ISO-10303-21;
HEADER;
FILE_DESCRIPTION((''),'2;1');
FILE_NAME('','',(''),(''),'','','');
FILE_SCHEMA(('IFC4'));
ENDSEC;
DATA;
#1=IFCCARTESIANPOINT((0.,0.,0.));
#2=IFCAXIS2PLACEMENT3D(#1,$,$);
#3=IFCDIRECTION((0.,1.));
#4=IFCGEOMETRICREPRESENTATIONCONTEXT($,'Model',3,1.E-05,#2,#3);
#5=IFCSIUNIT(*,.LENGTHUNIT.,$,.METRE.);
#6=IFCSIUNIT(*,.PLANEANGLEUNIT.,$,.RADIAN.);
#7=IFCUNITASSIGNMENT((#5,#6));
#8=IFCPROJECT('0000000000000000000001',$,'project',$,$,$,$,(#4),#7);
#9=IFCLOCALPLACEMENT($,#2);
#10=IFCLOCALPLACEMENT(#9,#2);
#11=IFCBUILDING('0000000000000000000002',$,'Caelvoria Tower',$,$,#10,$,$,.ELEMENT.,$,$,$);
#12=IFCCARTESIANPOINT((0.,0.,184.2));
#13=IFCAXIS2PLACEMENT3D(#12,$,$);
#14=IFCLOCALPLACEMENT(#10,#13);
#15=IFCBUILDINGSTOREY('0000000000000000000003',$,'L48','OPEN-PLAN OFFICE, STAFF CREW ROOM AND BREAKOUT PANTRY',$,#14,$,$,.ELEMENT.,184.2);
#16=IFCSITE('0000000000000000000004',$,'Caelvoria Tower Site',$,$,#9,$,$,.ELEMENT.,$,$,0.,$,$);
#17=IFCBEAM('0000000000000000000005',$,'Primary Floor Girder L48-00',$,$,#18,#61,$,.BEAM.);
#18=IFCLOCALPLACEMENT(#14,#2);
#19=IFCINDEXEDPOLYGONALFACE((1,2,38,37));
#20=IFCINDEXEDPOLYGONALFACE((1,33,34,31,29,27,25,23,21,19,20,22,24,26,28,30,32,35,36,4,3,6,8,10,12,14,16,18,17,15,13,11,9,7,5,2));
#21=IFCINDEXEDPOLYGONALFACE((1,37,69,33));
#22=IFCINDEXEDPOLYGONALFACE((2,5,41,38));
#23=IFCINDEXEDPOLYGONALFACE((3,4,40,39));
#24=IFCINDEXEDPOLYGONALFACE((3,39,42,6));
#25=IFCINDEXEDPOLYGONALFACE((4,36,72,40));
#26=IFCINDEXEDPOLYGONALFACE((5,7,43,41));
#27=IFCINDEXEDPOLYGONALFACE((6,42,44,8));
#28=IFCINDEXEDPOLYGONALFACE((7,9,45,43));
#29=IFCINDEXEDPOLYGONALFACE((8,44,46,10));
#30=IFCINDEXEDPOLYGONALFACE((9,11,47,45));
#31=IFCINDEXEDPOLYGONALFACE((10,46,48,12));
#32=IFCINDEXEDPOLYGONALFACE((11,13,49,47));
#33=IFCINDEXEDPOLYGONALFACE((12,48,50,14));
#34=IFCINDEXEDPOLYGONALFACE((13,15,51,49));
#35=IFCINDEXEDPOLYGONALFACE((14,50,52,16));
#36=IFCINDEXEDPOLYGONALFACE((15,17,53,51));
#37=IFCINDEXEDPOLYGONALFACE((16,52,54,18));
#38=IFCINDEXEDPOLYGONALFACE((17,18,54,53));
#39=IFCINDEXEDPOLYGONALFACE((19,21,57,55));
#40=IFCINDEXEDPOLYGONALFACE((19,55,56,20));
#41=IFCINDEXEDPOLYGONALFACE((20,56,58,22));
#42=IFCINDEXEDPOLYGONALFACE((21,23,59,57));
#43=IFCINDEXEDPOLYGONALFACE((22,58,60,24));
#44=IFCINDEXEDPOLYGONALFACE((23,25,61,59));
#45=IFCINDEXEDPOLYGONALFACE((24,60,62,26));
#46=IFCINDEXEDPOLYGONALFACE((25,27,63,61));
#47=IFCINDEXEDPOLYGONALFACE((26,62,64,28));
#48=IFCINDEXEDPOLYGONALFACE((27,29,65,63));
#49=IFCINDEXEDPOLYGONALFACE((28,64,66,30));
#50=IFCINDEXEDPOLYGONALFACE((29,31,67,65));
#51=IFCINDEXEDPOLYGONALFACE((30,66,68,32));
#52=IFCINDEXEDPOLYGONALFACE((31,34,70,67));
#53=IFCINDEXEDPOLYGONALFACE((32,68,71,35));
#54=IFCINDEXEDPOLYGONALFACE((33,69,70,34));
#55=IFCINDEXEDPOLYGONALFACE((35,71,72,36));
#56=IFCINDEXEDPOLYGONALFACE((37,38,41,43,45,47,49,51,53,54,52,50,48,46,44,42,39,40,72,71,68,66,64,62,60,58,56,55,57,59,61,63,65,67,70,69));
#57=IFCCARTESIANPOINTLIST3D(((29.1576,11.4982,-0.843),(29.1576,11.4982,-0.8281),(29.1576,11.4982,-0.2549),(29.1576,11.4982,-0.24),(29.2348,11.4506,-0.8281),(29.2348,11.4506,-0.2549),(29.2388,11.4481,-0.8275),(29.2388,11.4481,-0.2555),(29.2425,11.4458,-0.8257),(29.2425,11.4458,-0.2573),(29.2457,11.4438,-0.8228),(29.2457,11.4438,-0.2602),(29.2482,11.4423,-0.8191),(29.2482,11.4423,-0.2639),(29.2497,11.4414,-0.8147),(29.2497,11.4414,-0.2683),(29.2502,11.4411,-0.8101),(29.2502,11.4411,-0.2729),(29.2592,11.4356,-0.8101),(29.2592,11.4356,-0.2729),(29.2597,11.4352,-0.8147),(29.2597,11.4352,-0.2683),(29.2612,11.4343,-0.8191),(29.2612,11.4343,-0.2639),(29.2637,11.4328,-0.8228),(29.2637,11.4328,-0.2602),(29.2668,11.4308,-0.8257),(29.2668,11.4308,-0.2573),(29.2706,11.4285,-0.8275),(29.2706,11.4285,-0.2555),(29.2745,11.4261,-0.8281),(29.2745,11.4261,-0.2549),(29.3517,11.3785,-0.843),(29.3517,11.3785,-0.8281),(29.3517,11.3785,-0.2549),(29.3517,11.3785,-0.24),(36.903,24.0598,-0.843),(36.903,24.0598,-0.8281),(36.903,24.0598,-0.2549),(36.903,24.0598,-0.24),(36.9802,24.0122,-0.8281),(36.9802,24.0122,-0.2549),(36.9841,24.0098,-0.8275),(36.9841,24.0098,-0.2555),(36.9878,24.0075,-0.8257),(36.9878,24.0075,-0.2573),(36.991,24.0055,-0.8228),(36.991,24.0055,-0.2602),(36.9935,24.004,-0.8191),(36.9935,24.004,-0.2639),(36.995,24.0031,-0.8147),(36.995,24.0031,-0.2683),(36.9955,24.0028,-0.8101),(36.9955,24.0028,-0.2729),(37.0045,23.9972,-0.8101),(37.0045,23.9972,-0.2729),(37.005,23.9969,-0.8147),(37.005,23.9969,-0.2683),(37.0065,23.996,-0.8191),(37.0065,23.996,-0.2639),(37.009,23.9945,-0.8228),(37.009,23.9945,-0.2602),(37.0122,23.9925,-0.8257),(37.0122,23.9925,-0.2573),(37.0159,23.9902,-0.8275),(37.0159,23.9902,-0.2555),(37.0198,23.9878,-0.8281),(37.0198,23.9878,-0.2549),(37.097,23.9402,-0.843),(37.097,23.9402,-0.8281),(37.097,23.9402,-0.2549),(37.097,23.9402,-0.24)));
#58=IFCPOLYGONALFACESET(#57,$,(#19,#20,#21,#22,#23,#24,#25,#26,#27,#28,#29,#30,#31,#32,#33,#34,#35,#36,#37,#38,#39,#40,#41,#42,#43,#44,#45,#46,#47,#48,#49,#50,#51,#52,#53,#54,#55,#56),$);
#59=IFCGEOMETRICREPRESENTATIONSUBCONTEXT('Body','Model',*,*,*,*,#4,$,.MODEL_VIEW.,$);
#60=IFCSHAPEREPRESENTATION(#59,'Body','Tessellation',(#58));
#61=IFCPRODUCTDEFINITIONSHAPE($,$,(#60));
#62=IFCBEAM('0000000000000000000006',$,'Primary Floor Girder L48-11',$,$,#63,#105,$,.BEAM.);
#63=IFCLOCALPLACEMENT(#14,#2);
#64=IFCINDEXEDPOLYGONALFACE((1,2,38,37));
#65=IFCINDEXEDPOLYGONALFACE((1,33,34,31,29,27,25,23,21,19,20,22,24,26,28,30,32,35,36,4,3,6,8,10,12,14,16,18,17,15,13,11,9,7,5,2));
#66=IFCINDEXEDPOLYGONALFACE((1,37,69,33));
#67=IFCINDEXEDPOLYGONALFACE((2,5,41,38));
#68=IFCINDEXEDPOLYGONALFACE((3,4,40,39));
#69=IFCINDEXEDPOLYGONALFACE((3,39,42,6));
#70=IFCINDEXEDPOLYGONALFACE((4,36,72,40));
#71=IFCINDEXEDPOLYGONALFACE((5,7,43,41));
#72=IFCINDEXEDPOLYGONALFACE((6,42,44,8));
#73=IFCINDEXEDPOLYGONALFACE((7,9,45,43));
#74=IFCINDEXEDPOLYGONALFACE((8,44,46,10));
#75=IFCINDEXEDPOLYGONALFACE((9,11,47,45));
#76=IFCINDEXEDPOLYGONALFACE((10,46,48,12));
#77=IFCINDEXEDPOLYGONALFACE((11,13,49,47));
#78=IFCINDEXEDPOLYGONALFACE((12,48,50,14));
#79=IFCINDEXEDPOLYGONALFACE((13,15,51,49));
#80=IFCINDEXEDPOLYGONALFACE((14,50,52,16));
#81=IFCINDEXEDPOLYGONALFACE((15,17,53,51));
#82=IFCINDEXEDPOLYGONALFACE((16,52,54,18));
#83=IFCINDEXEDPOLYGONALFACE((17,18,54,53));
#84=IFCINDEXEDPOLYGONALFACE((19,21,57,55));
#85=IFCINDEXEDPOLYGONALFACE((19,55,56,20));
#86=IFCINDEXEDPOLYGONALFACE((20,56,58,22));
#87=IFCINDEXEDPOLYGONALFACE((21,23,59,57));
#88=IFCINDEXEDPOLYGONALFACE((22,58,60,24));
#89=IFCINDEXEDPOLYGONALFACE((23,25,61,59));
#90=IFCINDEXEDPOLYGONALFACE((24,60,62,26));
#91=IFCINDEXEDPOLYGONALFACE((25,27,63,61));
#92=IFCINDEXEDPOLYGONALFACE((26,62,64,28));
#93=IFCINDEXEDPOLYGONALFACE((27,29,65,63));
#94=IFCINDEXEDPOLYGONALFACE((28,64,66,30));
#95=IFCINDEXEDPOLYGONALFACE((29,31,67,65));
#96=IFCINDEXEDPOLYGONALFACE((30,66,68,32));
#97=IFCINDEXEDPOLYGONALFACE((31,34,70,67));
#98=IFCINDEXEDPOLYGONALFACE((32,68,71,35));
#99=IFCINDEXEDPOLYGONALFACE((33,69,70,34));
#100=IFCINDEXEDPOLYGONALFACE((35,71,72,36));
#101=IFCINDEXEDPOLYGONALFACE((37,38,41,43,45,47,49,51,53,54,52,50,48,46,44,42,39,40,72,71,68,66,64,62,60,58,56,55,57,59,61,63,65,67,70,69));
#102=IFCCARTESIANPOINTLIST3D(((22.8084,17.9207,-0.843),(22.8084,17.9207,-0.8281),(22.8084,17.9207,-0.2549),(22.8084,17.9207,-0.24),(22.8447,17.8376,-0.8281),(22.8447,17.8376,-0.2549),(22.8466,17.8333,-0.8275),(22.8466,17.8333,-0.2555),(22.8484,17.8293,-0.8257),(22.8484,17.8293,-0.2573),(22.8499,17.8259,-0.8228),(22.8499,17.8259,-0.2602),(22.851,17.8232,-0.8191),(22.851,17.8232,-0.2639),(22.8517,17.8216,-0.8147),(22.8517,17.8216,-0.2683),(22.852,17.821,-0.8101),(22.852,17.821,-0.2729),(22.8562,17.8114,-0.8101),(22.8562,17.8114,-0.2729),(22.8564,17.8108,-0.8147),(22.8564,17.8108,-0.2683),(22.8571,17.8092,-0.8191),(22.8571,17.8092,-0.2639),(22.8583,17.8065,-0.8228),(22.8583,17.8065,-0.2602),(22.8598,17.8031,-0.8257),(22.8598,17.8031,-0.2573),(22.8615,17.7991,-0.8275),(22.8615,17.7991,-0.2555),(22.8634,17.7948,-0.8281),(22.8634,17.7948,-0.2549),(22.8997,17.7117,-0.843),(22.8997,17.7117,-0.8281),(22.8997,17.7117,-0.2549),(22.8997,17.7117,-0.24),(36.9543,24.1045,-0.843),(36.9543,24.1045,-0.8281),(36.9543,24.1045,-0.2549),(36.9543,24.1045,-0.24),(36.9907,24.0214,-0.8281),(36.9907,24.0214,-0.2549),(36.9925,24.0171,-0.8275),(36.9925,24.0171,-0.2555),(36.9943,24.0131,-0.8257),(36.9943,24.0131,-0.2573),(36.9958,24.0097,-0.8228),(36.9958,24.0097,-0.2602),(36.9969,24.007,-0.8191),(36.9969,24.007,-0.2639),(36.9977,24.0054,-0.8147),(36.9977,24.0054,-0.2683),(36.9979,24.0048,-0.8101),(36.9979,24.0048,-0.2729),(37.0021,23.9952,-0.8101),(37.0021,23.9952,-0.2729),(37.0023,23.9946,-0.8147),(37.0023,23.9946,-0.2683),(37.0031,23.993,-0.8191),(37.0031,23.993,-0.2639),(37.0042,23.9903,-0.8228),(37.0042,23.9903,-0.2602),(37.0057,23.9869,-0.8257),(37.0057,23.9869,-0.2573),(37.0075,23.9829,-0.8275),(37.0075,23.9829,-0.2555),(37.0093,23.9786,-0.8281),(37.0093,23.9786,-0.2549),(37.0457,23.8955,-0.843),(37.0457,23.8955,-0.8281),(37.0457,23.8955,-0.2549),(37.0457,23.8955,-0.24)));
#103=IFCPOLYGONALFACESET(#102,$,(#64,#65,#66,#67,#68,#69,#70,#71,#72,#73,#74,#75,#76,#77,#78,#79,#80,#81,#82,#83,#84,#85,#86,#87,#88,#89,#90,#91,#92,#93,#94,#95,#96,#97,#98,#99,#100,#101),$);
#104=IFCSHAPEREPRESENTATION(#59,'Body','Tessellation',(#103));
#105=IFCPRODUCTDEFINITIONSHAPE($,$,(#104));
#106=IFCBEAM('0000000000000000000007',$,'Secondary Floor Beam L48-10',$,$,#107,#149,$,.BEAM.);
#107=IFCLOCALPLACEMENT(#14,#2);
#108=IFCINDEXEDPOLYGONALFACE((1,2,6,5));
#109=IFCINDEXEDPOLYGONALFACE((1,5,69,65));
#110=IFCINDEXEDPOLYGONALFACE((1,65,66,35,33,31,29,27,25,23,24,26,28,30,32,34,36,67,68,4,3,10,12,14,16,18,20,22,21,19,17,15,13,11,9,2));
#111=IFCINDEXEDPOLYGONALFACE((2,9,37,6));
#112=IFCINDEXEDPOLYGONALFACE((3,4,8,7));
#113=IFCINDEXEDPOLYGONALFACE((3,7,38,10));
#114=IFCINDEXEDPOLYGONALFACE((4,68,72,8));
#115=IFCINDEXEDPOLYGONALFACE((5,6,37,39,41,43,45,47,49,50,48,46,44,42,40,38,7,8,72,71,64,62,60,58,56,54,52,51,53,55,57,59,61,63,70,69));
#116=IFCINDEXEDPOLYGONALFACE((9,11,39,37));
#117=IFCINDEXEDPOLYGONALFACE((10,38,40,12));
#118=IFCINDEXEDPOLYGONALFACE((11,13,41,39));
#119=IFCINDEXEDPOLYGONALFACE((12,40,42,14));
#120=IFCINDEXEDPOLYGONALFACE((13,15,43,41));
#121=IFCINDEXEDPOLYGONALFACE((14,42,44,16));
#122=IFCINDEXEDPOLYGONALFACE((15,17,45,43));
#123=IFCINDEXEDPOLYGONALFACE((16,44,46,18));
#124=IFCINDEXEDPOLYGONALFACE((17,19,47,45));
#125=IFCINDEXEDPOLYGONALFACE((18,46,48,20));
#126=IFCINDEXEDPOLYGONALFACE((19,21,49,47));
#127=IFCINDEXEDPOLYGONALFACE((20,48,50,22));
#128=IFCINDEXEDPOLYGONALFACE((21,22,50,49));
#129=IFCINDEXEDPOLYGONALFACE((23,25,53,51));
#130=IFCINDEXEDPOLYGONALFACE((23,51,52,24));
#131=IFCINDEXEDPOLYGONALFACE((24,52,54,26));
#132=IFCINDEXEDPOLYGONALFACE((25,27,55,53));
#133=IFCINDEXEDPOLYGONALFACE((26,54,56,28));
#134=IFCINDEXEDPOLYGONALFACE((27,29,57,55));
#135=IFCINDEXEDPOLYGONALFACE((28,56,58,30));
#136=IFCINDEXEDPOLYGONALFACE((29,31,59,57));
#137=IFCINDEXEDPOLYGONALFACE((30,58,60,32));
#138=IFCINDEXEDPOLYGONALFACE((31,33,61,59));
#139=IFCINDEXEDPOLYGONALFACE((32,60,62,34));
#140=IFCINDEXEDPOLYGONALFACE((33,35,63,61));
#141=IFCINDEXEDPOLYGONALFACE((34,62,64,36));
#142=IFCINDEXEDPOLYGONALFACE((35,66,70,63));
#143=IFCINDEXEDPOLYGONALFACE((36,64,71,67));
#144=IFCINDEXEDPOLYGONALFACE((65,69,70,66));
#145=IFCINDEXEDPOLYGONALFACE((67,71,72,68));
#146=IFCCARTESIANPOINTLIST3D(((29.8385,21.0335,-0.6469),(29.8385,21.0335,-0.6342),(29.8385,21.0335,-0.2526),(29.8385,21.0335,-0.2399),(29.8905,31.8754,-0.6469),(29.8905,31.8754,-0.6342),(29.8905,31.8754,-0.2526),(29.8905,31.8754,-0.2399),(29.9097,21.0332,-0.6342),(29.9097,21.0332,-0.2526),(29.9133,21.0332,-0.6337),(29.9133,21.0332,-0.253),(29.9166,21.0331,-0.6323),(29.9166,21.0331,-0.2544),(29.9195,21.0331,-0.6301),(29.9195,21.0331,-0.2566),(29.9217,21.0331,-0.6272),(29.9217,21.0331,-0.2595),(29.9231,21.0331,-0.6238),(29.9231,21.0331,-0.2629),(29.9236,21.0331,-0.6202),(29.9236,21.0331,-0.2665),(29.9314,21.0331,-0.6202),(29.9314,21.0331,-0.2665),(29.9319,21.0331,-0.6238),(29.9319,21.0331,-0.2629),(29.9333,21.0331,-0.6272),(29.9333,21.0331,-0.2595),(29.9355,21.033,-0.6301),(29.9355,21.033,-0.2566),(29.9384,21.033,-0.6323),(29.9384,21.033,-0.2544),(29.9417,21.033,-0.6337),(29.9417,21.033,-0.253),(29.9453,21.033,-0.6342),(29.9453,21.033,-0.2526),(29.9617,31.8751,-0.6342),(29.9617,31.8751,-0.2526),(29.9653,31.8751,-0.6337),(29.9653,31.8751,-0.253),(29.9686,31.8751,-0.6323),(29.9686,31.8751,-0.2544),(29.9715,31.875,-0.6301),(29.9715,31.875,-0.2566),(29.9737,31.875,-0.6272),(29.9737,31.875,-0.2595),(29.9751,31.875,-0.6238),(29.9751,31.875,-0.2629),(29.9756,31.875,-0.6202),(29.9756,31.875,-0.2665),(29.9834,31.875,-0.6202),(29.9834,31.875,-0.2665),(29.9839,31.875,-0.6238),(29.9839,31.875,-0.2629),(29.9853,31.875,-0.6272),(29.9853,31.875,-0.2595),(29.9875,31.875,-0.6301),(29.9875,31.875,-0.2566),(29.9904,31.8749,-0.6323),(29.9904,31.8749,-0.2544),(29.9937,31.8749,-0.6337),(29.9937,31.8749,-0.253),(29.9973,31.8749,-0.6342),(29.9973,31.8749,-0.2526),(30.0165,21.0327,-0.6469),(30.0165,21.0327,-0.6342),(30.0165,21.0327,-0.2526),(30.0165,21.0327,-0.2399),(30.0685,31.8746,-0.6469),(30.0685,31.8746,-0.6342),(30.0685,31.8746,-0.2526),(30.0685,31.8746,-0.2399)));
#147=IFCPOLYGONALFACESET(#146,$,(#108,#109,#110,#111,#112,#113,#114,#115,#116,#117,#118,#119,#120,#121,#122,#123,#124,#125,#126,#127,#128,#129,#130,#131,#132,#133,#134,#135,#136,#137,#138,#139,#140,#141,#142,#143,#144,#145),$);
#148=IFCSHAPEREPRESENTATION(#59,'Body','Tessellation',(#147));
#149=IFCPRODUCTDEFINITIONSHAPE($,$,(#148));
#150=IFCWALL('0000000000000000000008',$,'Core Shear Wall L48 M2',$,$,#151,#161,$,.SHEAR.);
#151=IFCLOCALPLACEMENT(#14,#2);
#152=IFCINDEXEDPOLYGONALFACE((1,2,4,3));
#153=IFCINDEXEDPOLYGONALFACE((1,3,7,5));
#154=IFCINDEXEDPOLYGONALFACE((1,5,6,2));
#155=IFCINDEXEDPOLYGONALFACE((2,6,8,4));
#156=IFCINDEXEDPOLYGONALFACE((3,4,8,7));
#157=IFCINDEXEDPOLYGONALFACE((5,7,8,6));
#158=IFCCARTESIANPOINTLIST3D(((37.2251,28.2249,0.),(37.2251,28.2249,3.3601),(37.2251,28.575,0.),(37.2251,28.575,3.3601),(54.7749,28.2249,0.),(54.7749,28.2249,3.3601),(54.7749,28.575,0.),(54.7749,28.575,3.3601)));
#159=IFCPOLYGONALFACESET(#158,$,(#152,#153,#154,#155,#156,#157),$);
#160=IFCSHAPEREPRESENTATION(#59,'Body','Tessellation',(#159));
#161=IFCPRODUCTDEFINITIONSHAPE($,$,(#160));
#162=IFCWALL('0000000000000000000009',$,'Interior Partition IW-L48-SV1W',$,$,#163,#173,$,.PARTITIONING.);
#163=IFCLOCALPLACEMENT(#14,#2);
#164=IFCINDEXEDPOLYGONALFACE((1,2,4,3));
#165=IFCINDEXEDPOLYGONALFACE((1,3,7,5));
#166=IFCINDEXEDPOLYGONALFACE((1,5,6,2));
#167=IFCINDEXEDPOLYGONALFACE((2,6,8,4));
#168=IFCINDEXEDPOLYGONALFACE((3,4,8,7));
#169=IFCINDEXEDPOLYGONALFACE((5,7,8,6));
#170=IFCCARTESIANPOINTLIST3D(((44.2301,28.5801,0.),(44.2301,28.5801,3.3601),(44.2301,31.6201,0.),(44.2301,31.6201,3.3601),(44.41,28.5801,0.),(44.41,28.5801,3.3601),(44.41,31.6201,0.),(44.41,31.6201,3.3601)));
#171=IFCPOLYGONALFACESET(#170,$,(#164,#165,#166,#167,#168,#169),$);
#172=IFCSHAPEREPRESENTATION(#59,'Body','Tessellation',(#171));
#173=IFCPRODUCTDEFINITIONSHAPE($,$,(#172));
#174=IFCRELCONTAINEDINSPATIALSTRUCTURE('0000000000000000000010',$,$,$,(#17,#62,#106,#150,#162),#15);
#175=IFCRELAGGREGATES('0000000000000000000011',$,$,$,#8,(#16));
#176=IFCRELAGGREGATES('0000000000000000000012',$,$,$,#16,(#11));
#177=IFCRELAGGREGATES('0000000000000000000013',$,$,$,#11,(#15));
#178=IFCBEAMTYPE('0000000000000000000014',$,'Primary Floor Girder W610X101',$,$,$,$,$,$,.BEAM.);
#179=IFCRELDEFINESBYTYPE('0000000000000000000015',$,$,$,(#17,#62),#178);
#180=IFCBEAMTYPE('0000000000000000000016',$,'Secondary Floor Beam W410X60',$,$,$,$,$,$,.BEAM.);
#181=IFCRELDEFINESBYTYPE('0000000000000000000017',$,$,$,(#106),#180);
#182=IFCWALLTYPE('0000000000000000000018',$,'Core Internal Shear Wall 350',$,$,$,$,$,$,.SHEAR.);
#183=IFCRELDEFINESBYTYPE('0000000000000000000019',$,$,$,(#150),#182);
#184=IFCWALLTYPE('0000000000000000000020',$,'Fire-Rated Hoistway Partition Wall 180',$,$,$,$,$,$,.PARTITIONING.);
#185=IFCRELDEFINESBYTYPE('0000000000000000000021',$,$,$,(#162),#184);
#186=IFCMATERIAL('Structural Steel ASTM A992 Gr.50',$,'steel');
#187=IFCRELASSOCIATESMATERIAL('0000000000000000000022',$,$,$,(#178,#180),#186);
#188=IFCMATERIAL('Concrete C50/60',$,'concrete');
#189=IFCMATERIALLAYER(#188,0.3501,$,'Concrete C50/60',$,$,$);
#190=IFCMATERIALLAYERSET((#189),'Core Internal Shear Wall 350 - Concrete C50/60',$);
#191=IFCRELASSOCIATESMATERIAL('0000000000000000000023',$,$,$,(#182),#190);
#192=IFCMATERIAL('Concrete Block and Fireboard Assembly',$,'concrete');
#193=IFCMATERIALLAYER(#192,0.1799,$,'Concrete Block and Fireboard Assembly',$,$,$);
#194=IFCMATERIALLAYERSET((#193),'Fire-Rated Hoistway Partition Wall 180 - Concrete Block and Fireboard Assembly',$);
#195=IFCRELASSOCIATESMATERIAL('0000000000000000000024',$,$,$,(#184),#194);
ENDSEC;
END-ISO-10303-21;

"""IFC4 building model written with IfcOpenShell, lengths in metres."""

from ifc_helpers import new_model, si_unit, direction, frame, frame_2d, origin, origin_2d, place, context, subcontext, project, spatial, rectangle, i_section, extrude, material, layer, layer_set, material_profile, profile_set, type_object, element, save


model = new_model("IFC4")

# Units and contexts
model_context = context("Model", 3, precision=1e-05, world=origin(), true_north=direction((0.0, 1.0)))
body_context = subcontext(model_context, "Body", "Model", "MODEL_VIEW")
ifc_project = project(units=[si_unit("LENGTHUNIT", "METRE"), si_unit("PLANEANGLEUNIT", "RADIAN")], contexts=[model_context])

# Site, building, storey
site_placement = place(None, origin())
site = spatial("IfcSite", under=ifc_project, at=site_placement, Name="Caelvoria Tower Site", CompositionType="ELEMENT", RefElevation=0.0)
building_placement = place(site_placement, origin())
building = spatial("IfcBuilding", under=site, at=building_placement, Name="Caelvoria Tower", CompositionType="ELEMENT")
storey_placement = place(building_placement, frame((0.0, 0.0, 184.2)))
storey = spatial("IfcBuildingStorey", under=building, at=storey_placement, Name="L48", Description="OPEN-PLAN OFFICE, STAFF CREW ROOM AND BREAKOUT PANTRY", CompositionType="ELEMENT", Elevation=184.2)

# Beams
ifc_material_1 = material(Name="Structural Steel ASTM A992 Gr.50", Category="steel")
ifc_material_profile_1 = material_profile(ifc_material_1, i_section(OverallWidth=0.228, OverallDepth=0.603, WebThickness=0.0105, FlangeThickness=0.0149, FilletRadius=0.0181, at=origin_2d()), Name="Structural Steel ASTM A992 Gr.50")
ifc_profile_set_1 = profile_set([ifc_material_profile_1], Name="W610X101 - Structural Steel ASTM A992 Gr.50")
beam_type_1 = type_object("IfcBeamType", Name="Primary Floor Girder W610X101", PredefinedType="BEAM", material=ifc_profile_set_1)
beam_1_placement = place(storey_placement, frame((37.0, 24.0, -0.5415), z_axis=(-0.524837, -0.851203, 0.0), x_axis=(0.851203, -0.524837, 0.0)))
element("IfcBeam", 1, at=beam_1_placement, inside=storey, type_object=beam_type_1, Name="Primary Floor Girder L48-00", PredefinedType="BEAM", context=body_context, shape_type="SweptSolid", body=[
    extrude(i_section(OverallWidth=0.228, OverallDepth=0.603, WebThickness=0.0105, FlangeThickness=0.0149, FilletRadius=0.0181, at=origin_2d()), origin(), (0.0, 0.0, 1.0), 14.7576),
])
beam_2_placement = place(storey_placement, frame((37.0, 24.0, -0.5415), z_axis=(-0.916277, -0.400545, 0.0), x_axis=(0.400545, -0.916277, 0.0)))
element("IfcBeam", 2, at=beam_2_placement, inside=storey, type_object=beam_type_1, Name="Primary Floor Girder L48-11", PredefinedType="BEAM", context=body_context, shape_type="SweptSolid", body=[
    extrude(i_section(OverallWidth=0.228, OverallDepth=0.603, WebThickness=0.0105, FlangeThickness=0.0149, FilletRadius=0.0181, at=origin_2d()), origin(), (0.0, 0.0, 1.0), 15.4385),
])
ifc_material_profile_2 = material_profile(ifc_material_1, i_section(OverallWidth=0.178, OverallDepth=0.407, WebThickness=0.0078, FlangeThickness=0.0127, FilletRadius=0.0139, at=origin_2d()), Name="Structural Steel ASTM A992 Gr.50")
ifc_profile_set_2 = profile_set([ifc_material_profile_2], Name="W410X60 - Structural Steel ASTM A992 Gr.50")
beam_type_2 = type_object("IfcBeamType", Name="Secondary Floor Beam W410X60", PredefinedType="BEAM", material=ifc_profile_set_2)
beam_3_placement = place(storey_placement, frame((29.9795, 31.875, -0.4434), z_axis=(-0.004796, -0.999988, 0.0), x_axis=(0.999988, -0.004796, 0.0)))
element("IfcBeam", 3, at=beam_3_placement, inside=storey, type_object=beam_type_2, Name="Secondary Floor Beam L48-10", PredefinedType="BEAM", context=body_context, shape_type="SweptSolid", body=[
    extrude(i_section(OverallWidth=0.178, OverallDepth=0.407, WebThickness=0.0078, FlangeThickness=0.0127, FilletRadius=0.0139, at=origin_2d()), origin(), (0.0, 0.0, 1.0), 10.842),
])

# Shared definitions
ifc_material_2 = material(Name="Concrete C50/60", Category="concrete")
ifc_layer_1 = layer(ifc_material_2, 0.3501, Name="Concrete C50/60")
ifc_layer_set_1 = layer_set([ifc_layer_1], Name="Core Internal Shear Wall 350 - Concrete C50/60")
wall_type_1 = type_object("IfcWallType", Name="Core Internal Shear Wall 350", PredefinedType="SHEAR", material=ifc_layer_set_1)

# Wall
wall_1_placement = place(storey_placement, frame((37.2251, 28.3999, 0.0), z_axis=(0.0, 0.0, 1.0), x_axis=(1.0, 0.0, 0.0)))
element("IfcWall", 4, at=wall_1_placement, inside=storey, type_object=wall_type_1, Name="Core Shear Wall L48 M2", PredefinedType="SHEAR", context=body_context, shape_type="SweptSolid", body=[
    extrude(rectangle(XDim=17.5498, YDim=0.3501, at=frame_2d((8.7749, 0.0))), origin(), (0.0, 0.0, 1.0), 3.3601),
])

# Wall
ifc_material_3 = material(Name="Concrete Block and Fireboard Assembly", Category="concrete")
ifc_layer_2 = layer(ifc_material_3, 0.1799, Name="Concrete Block and Fireboard Assembly")
ifc_layer_set_2 = layer_set([ifc_layer_2], Name="Fire-Rated Hoistway Partition Wall 180 - Concrete Block and Fireboard Assembly")
wall_type_2 = type_object("IfcWallType", Name="Fire-Rated Hoistway Partition Wall 180", PredefinedType="PARTITIONING", material=ifc_layer_set_2)
wall_2_placement = place(storey_placement, frame((44.3201, 28.5801, 0.0), z_axis=(0.0, 0.0, 1.0), x_axis=(0.0, 1.0, 0.0)))
element("IfcWall", 5, at=wall_2_placement, inside=storey, type_object=wall_type_2, Name="Interior Partition IW-L48-SV1W", PredefinedType="PARTITIONING", context=body_context, shape_type="SweptSolid", body=[
    extrude(rectangle(XDim=3.04, YDim=0.1799, at=frame_2d((1.52, 0.0))), origin(), (0.0, 0.0, 1.0), 3.3601),
])

save(model, "model.ifc")
